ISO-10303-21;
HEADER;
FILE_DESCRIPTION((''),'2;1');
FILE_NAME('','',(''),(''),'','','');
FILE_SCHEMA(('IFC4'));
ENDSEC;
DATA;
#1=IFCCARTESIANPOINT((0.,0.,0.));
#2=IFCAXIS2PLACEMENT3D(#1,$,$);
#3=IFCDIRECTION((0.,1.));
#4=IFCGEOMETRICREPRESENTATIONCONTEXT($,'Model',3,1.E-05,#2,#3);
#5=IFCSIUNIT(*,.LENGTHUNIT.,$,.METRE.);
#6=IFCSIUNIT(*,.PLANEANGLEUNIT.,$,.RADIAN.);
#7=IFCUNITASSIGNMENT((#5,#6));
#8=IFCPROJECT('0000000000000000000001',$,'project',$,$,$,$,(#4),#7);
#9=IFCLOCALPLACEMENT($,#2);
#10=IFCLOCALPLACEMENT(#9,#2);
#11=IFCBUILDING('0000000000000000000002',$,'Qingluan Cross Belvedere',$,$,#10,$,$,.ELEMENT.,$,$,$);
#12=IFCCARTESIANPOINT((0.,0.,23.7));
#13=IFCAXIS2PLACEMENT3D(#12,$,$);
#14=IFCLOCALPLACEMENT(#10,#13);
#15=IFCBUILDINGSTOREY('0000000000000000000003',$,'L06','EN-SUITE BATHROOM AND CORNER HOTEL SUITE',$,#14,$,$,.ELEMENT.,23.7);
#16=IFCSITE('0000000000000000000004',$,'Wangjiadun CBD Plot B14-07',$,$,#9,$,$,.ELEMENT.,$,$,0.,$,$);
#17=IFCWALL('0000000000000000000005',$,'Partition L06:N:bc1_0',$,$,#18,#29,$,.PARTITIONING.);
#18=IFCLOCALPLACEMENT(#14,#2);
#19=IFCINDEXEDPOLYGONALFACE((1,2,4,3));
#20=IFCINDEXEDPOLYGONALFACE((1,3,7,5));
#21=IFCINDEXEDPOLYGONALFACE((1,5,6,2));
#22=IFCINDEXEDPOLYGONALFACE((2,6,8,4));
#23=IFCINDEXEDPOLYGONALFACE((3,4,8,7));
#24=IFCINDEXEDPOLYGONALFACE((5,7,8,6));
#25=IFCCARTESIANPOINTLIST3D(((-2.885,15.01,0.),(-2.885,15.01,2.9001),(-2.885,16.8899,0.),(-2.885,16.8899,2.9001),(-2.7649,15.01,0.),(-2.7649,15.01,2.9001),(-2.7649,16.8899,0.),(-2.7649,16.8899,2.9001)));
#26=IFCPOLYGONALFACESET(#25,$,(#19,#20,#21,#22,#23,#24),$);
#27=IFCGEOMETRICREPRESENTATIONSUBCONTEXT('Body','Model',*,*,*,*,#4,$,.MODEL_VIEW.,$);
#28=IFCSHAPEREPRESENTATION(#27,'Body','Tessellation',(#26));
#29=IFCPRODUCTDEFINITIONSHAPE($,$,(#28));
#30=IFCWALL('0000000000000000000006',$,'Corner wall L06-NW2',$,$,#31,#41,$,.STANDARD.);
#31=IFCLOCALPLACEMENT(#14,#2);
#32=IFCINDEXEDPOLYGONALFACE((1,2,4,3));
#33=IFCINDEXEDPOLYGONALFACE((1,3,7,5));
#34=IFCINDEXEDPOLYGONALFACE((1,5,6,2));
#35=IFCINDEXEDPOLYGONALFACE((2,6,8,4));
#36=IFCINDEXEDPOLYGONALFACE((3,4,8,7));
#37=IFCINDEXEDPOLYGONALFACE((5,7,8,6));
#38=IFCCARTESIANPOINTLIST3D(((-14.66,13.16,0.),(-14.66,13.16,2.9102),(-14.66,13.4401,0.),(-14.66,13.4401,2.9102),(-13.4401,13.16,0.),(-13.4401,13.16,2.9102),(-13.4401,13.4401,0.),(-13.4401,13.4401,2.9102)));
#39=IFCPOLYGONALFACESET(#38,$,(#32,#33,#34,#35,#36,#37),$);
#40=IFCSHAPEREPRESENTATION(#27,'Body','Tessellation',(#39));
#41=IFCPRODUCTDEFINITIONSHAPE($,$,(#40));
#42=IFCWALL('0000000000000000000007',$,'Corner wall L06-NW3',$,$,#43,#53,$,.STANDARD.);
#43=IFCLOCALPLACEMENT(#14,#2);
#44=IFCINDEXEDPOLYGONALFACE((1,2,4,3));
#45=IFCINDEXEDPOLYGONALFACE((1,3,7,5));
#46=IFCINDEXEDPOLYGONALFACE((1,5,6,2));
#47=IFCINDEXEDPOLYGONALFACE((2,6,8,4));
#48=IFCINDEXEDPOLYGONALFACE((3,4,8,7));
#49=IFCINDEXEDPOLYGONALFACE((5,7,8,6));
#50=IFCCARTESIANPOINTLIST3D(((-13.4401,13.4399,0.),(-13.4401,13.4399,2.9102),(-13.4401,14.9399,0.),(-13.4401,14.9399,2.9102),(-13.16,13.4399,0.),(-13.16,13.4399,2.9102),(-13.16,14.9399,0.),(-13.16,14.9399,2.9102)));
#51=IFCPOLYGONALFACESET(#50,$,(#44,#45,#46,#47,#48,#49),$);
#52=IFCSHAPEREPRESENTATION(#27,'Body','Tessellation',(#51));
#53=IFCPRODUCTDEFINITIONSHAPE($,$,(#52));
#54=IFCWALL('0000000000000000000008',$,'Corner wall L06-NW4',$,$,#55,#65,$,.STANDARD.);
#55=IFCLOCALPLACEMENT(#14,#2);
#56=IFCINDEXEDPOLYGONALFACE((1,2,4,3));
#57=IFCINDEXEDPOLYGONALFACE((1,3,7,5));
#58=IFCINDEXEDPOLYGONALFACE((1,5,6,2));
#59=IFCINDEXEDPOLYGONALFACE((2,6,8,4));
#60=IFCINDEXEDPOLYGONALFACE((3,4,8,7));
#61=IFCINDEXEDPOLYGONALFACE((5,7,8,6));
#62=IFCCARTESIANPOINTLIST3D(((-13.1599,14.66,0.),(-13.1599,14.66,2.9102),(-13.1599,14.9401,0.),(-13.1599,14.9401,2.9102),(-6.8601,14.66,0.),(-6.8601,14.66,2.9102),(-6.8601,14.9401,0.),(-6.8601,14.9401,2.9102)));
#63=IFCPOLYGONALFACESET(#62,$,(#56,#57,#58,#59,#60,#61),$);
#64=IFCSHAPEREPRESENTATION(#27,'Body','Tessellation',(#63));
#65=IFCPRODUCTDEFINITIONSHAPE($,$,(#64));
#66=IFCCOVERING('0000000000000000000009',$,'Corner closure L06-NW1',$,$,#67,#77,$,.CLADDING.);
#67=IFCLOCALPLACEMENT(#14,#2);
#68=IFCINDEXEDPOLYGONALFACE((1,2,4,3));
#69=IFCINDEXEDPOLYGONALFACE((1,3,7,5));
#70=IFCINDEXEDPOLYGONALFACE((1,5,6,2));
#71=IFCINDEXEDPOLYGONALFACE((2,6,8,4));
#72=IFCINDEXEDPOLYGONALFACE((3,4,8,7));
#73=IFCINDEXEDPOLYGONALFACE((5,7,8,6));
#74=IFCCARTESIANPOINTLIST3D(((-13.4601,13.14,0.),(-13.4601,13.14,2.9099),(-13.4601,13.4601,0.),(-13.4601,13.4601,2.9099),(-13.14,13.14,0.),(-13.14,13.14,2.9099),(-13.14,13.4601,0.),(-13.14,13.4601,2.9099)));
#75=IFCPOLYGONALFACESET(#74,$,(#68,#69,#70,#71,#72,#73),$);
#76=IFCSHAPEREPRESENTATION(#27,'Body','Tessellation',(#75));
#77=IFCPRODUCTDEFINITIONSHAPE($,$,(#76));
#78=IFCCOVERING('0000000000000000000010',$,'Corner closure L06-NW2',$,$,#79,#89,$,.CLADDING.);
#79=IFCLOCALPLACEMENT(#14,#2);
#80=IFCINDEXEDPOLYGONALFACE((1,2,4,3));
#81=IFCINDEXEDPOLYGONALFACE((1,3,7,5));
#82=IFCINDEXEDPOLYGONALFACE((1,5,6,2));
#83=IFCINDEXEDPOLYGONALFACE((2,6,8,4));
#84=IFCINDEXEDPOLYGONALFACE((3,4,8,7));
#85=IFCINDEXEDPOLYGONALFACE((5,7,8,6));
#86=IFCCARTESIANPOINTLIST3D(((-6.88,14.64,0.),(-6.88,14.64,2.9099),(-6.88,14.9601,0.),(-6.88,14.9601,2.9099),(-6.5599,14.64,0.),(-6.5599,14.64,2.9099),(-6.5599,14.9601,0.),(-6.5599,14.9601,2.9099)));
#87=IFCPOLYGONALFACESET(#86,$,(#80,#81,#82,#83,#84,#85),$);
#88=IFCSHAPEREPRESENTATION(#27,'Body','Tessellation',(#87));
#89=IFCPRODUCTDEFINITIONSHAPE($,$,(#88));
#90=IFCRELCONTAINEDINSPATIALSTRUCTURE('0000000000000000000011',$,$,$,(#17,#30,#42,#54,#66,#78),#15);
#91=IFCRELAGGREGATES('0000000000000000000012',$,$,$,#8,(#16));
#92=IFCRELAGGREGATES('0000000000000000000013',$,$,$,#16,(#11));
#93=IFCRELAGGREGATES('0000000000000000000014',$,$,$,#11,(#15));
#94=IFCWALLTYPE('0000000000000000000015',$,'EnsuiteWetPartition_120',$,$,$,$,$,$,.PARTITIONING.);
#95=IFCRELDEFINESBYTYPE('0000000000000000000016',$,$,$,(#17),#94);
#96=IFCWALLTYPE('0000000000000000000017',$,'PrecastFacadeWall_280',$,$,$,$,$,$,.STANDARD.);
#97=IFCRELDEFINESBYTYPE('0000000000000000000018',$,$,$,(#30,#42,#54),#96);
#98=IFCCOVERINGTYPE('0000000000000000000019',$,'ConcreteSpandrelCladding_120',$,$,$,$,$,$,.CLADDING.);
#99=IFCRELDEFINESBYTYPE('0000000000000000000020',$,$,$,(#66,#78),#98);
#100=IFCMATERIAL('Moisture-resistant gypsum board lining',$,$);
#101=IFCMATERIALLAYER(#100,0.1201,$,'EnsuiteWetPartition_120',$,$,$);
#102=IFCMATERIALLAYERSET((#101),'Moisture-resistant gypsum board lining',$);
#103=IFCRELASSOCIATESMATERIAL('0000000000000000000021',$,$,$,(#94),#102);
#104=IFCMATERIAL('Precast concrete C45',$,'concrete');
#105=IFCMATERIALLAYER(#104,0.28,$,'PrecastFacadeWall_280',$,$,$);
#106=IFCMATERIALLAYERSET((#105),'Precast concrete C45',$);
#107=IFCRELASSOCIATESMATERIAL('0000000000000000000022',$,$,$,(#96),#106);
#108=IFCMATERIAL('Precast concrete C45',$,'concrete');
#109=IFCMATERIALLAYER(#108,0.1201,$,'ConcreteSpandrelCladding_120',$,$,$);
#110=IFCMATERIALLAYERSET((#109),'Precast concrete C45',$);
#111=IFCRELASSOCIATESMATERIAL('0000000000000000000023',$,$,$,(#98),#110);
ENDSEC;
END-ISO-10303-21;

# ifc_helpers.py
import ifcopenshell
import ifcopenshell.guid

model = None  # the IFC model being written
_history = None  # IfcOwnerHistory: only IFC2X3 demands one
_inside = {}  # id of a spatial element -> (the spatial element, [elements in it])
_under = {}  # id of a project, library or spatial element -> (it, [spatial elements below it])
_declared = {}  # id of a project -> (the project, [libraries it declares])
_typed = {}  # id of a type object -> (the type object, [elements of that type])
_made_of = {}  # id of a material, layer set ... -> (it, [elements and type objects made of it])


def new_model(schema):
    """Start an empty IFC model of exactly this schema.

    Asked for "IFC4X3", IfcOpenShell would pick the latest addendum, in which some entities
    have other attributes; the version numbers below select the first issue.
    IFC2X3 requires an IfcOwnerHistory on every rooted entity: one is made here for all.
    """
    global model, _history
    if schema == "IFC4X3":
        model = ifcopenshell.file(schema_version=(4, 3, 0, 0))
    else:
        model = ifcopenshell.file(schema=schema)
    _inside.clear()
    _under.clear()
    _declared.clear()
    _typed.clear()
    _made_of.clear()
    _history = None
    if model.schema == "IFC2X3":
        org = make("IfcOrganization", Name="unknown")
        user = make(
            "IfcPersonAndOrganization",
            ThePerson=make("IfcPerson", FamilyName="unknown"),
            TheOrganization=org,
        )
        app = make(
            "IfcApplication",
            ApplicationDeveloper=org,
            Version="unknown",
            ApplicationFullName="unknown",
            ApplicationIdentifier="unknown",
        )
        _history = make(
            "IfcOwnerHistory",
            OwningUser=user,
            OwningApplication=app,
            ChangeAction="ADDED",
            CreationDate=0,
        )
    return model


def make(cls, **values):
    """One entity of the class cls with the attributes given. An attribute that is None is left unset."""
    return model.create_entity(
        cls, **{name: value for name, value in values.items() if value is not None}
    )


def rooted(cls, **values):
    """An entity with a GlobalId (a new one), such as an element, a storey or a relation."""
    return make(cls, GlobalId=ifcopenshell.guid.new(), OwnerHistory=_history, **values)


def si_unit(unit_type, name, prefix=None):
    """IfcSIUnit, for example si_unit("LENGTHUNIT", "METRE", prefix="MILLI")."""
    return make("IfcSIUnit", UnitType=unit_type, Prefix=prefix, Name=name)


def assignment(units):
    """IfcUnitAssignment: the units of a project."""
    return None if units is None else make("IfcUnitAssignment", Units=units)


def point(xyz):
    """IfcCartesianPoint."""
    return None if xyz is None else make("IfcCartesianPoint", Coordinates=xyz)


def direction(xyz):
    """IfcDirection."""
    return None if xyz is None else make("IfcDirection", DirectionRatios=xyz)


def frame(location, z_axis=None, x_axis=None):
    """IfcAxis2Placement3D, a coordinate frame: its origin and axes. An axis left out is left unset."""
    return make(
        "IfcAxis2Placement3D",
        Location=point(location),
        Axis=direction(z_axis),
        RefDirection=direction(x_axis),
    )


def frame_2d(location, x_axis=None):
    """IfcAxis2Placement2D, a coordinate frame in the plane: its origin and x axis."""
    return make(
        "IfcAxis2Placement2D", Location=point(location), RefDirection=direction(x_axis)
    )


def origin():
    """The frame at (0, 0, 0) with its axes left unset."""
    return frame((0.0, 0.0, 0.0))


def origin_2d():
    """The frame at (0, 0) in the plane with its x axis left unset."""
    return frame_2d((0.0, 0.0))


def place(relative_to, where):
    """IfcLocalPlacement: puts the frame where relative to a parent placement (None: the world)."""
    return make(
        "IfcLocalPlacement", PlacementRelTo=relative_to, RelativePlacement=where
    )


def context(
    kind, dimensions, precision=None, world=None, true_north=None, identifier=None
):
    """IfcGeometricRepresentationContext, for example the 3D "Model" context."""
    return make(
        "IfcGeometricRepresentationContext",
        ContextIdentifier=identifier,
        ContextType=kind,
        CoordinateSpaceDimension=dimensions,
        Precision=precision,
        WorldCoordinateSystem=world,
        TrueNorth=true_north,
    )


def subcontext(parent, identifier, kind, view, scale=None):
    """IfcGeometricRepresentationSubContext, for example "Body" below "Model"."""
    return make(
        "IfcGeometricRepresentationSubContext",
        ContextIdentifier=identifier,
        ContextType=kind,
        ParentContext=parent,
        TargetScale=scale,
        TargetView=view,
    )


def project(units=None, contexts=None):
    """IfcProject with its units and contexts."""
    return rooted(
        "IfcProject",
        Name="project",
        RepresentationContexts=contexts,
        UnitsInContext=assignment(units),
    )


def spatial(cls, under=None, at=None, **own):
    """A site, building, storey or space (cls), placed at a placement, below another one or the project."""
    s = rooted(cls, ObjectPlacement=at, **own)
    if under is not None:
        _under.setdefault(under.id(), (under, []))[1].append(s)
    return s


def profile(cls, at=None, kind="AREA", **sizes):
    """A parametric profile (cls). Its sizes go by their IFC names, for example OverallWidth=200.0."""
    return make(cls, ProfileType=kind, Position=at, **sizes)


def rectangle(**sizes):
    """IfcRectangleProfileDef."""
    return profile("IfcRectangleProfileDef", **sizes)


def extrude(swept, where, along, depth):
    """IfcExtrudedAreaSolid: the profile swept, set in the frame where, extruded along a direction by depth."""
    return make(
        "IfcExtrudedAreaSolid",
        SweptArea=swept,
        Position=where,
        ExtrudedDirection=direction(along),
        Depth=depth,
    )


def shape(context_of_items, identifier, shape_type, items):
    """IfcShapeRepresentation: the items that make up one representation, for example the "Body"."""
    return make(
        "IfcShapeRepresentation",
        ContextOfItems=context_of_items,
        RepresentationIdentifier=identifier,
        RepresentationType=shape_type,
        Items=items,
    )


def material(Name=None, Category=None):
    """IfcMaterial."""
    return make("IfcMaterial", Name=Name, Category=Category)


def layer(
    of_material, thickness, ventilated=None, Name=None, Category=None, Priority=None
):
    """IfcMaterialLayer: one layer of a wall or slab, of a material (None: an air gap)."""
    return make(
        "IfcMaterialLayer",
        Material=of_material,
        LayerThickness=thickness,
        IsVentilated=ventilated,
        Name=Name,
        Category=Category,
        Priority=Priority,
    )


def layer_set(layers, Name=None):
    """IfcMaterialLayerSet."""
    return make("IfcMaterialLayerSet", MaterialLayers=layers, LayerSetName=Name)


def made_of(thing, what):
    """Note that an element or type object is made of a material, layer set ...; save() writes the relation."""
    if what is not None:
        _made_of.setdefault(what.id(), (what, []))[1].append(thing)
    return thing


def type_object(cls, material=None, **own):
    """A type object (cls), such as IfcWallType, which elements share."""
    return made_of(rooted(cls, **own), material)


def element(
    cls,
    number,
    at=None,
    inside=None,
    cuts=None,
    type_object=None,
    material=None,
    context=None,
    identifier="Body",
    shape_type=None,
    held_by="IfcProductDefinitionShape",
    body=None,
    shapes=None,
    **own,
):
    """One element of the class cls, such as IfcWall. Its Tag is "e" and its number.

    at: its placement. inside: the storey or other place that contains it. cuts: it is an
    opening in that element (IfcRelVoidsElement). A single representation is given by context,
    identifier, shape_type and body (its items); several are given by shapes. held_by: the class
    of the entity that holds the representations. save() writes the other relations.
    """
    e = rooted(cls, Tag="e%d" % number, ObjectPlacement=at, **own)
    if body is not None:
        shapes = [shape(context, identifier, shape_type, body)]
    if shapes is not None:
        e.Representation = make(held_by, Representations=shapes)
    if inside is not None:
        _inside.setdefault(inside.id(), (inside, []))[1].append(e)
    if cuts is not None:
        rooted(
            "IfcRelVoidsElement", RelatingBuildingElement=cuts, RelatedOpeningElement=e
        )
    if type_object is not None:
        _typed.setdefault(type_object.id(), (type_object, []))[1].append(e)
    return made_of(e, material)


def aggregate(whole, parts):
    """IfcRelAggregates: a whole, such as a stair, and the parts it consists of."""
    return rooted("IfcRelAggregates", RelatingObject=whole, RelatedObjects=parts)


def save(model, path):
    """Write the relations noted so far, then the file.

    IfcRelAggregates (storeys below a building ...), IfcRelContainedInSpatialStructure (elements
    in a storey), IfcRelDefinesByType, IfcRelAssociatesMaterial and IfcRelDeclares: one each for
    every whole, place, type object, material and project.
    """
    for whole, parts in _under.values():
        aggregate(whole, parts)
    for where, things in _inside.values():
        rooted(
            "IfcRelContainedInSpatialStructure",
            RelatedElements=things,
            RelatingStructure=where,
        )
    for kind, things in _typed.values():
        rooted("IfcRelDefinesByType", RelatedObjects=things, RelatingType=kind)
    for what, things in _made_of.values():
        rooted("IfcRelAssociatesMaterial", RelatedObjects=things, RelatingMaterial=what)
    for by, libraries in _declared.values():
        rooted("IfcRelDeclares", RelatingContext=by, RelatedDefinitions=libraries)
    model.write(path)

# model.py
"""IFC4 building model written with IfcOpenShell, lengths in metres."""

from ifc_helpers import new_model, si_unit, direction, frame, frame_2d, origin, origin_2d, place, context, subcontext, project, spatial, rectangle, extrude, material, layer, layer_set, type_object, element, save


model = new_model("IFC4")

# Units and contexts
model_context = context("Model", 3, precision=1e-05, world=origin(), true_north=direction((0.0, 1.0)))
body_context = subcontext(model_context, "Body", "Model", "MODEL_VIEW")
ifc_project = project(units=[si_unit("LENGTHUNIT", "METRE"), si_unit("PLANEANGLEUNIT", "RADIAN")], contexts=[model_context])

# Site, building, storey
site_placement = place(None, origin())
site = spatial("IfcSite", under=ifc_project, at=site_placement, Name="Wangjiadun CBD Plot B14-07", CompositionType="ELEMENT", RefElevation=0.0)
building_placement = place(site_placement, origin())
building = spatial("IfcBuilding", under=site, at=building_placement, Name="Qingluan Cross Belvedere", CompositionType="ELEMENT")
storey_placement = place(building_placement, frame((0.0, 0.0, 23.7)))
storey = spatial("IfcBuildingStorey", under=building, at=storey_placement, Name="L06", Description="EN-SUITE BATHROOM AND CORNER HOTEL SUITE", CompositionType="ELEMENT", Elevation=23.7)

# Walls
ifc_material_1 = material(Name="Moisture-resistant gypsum board lining")
ifc_layer_1 = layer(ifc_material_1, 0.1201, Name="EnsuiteWetPartition_120")
ifc_layer_set_1 = layer_set([ifc_layer_1], Name="Moisture-resistant gypsum board lining")
wall_type_1 = type_object("IfcWallType", Name="EnsuiteWetPartition_120", PredefinedType="PARTITIONING", material=ifc_layer_set_1)
wall_1_placement = place(storey_placement, frame((-2.825, 15.01, 0.0), z_axis=(0.0, 0.0, 1.0), x_axis=(0.0, 1.0, 0.0)))
element("IfcWall", 1, at=wall_1_placement, inside=storey, type_object=wall_type_1, Name="Partition L06:N:bc1_0", PredefinedType="PARTITIONING", context=body_context, shape_type="SweptSolid", body=[
    extrude(rectangle(XDim=1.8799, YDim=0.1201, at=frame_2d((0.9399, 0.0))), origin(), (0.0, 0.0, 1.0), 2.9001),
])
ifc_material_2 = material(Name="Precast concrete C45", Category="concrete")
ifc_layer_2 = layer(ifc_material_2, 0.28, Name="PrecastFacadeWall_280")
ifc_layer_set_2 = layer_set([ifc_layer_2], Name="Precast concrete C45")
wall_type_2 = type_object("IfcWallType", Name="PrecastFacadeWall_280", PredefinedType="STANDARD", material=ifc_layer_set_2)
wall_2_placement = place(storey_placement, frame((-14.6599, 13.3, 0.0), z_axis=(0.0, 0.0, 1.0), x_axis=(1.0, 0.0, 0.0)))
element("IfcWall", 2, at=wall_2_placement, inside=storey, type_object=wall_type_2, Name="Corner wall L06-NW2", PredefinedType="STANDARD", context=body_context, shape_type="SweptSolid", body=[
    extrude(rectangle(XDim=1.22, YDim=0.28, at=frame_2d((0.6099, 0.0))), origin(), (0.0, 0.0, 1.0), 2.9102),
])
wall_3_placement = place(storey_placement, frame((-13.3, 13.4399, 0.0), z_axis=(0.0, 0.0, 1.0), x_axis=(0.0, 1.0, 0.0)))
element("IfcWall", 3, at=wall_3_placement, inside=storey, type_object=wall_type_2, Name="Corner wall L06-NW3", PredefinedType="STANDARD", context=body_context, shape_type="SweptSolid", body=[
    extrude(rectangle(XDim=1.5, YDim=0.28, at=frame_2d((0.75, 0.0))), origin(), (0.0, 0.0, 1.0), 2.9102),
])
wall_4_placement = place(storey_placement, frame((-13.1599, 14.8, 0.0), z_axis=(0.0, 0.0, 1.0), x_axis=(1.0, 0.0, 0.0)))
element("IfcWall", 4, at=wall_4_placement, inside=storey, type_object=wall_type_2, Name="Corner wall L06-NW4", PredefinedType="STANDARD", context=body_context, shape_type="SweptSolid", body=[
    extrude(rectangle(XDim=6.2998, YDim=0.28, at=frame_2d((3.1499, 0.0))), origin(), (0.0, 0.0, 1.0), 2.9102),
])

# Coverings
ifc_material_3 = material(Name="Precast concrete C45", Category="concrete")
ifc_layer_3 = layer(ifc_material_3, 0.1201, Name="ConcreteSpandrelCladding_120")
ifc_layer_set_3 = layer_set([ifc_layer_3], Name="Precast concrete C45")
covering_type = type_object("IfcCoveringType", Name="ConcreteSpandrelCladding_120", PredefinedType="CLADDING", material=ifc_layer_set_3)
for number, where, z_axis, x_axis, name in (
    (5, (-13.3, 13.3, 0.0), (0.0, 0.0, 1.0), (1.0, 0.0, 0.0), "Corner closure L06-NW1"),
    (6, (-6.72, 14.8, 0.0), (0.0, 0.0, 1.0), (1.0, 0.0, 0.0), "Corner closure L06-NW2"),
):
    element("IfcCovering", number, at=place(storey_placement, frame(where, z_axis=z_axis, x_axis=x_axis)), inside=storey, type_object=covering_type, Name=name, PredefinedType="CLADDING", context=body_context, shape_type="SweptSolid", body=[
        extrude(rectangle(XDim=0.3201, YDim=0.3201, at=origin_2d()), origin(), (0.0, 0.0, 1.0), 2.9099),
    ])

save(model, "model.ifc")
